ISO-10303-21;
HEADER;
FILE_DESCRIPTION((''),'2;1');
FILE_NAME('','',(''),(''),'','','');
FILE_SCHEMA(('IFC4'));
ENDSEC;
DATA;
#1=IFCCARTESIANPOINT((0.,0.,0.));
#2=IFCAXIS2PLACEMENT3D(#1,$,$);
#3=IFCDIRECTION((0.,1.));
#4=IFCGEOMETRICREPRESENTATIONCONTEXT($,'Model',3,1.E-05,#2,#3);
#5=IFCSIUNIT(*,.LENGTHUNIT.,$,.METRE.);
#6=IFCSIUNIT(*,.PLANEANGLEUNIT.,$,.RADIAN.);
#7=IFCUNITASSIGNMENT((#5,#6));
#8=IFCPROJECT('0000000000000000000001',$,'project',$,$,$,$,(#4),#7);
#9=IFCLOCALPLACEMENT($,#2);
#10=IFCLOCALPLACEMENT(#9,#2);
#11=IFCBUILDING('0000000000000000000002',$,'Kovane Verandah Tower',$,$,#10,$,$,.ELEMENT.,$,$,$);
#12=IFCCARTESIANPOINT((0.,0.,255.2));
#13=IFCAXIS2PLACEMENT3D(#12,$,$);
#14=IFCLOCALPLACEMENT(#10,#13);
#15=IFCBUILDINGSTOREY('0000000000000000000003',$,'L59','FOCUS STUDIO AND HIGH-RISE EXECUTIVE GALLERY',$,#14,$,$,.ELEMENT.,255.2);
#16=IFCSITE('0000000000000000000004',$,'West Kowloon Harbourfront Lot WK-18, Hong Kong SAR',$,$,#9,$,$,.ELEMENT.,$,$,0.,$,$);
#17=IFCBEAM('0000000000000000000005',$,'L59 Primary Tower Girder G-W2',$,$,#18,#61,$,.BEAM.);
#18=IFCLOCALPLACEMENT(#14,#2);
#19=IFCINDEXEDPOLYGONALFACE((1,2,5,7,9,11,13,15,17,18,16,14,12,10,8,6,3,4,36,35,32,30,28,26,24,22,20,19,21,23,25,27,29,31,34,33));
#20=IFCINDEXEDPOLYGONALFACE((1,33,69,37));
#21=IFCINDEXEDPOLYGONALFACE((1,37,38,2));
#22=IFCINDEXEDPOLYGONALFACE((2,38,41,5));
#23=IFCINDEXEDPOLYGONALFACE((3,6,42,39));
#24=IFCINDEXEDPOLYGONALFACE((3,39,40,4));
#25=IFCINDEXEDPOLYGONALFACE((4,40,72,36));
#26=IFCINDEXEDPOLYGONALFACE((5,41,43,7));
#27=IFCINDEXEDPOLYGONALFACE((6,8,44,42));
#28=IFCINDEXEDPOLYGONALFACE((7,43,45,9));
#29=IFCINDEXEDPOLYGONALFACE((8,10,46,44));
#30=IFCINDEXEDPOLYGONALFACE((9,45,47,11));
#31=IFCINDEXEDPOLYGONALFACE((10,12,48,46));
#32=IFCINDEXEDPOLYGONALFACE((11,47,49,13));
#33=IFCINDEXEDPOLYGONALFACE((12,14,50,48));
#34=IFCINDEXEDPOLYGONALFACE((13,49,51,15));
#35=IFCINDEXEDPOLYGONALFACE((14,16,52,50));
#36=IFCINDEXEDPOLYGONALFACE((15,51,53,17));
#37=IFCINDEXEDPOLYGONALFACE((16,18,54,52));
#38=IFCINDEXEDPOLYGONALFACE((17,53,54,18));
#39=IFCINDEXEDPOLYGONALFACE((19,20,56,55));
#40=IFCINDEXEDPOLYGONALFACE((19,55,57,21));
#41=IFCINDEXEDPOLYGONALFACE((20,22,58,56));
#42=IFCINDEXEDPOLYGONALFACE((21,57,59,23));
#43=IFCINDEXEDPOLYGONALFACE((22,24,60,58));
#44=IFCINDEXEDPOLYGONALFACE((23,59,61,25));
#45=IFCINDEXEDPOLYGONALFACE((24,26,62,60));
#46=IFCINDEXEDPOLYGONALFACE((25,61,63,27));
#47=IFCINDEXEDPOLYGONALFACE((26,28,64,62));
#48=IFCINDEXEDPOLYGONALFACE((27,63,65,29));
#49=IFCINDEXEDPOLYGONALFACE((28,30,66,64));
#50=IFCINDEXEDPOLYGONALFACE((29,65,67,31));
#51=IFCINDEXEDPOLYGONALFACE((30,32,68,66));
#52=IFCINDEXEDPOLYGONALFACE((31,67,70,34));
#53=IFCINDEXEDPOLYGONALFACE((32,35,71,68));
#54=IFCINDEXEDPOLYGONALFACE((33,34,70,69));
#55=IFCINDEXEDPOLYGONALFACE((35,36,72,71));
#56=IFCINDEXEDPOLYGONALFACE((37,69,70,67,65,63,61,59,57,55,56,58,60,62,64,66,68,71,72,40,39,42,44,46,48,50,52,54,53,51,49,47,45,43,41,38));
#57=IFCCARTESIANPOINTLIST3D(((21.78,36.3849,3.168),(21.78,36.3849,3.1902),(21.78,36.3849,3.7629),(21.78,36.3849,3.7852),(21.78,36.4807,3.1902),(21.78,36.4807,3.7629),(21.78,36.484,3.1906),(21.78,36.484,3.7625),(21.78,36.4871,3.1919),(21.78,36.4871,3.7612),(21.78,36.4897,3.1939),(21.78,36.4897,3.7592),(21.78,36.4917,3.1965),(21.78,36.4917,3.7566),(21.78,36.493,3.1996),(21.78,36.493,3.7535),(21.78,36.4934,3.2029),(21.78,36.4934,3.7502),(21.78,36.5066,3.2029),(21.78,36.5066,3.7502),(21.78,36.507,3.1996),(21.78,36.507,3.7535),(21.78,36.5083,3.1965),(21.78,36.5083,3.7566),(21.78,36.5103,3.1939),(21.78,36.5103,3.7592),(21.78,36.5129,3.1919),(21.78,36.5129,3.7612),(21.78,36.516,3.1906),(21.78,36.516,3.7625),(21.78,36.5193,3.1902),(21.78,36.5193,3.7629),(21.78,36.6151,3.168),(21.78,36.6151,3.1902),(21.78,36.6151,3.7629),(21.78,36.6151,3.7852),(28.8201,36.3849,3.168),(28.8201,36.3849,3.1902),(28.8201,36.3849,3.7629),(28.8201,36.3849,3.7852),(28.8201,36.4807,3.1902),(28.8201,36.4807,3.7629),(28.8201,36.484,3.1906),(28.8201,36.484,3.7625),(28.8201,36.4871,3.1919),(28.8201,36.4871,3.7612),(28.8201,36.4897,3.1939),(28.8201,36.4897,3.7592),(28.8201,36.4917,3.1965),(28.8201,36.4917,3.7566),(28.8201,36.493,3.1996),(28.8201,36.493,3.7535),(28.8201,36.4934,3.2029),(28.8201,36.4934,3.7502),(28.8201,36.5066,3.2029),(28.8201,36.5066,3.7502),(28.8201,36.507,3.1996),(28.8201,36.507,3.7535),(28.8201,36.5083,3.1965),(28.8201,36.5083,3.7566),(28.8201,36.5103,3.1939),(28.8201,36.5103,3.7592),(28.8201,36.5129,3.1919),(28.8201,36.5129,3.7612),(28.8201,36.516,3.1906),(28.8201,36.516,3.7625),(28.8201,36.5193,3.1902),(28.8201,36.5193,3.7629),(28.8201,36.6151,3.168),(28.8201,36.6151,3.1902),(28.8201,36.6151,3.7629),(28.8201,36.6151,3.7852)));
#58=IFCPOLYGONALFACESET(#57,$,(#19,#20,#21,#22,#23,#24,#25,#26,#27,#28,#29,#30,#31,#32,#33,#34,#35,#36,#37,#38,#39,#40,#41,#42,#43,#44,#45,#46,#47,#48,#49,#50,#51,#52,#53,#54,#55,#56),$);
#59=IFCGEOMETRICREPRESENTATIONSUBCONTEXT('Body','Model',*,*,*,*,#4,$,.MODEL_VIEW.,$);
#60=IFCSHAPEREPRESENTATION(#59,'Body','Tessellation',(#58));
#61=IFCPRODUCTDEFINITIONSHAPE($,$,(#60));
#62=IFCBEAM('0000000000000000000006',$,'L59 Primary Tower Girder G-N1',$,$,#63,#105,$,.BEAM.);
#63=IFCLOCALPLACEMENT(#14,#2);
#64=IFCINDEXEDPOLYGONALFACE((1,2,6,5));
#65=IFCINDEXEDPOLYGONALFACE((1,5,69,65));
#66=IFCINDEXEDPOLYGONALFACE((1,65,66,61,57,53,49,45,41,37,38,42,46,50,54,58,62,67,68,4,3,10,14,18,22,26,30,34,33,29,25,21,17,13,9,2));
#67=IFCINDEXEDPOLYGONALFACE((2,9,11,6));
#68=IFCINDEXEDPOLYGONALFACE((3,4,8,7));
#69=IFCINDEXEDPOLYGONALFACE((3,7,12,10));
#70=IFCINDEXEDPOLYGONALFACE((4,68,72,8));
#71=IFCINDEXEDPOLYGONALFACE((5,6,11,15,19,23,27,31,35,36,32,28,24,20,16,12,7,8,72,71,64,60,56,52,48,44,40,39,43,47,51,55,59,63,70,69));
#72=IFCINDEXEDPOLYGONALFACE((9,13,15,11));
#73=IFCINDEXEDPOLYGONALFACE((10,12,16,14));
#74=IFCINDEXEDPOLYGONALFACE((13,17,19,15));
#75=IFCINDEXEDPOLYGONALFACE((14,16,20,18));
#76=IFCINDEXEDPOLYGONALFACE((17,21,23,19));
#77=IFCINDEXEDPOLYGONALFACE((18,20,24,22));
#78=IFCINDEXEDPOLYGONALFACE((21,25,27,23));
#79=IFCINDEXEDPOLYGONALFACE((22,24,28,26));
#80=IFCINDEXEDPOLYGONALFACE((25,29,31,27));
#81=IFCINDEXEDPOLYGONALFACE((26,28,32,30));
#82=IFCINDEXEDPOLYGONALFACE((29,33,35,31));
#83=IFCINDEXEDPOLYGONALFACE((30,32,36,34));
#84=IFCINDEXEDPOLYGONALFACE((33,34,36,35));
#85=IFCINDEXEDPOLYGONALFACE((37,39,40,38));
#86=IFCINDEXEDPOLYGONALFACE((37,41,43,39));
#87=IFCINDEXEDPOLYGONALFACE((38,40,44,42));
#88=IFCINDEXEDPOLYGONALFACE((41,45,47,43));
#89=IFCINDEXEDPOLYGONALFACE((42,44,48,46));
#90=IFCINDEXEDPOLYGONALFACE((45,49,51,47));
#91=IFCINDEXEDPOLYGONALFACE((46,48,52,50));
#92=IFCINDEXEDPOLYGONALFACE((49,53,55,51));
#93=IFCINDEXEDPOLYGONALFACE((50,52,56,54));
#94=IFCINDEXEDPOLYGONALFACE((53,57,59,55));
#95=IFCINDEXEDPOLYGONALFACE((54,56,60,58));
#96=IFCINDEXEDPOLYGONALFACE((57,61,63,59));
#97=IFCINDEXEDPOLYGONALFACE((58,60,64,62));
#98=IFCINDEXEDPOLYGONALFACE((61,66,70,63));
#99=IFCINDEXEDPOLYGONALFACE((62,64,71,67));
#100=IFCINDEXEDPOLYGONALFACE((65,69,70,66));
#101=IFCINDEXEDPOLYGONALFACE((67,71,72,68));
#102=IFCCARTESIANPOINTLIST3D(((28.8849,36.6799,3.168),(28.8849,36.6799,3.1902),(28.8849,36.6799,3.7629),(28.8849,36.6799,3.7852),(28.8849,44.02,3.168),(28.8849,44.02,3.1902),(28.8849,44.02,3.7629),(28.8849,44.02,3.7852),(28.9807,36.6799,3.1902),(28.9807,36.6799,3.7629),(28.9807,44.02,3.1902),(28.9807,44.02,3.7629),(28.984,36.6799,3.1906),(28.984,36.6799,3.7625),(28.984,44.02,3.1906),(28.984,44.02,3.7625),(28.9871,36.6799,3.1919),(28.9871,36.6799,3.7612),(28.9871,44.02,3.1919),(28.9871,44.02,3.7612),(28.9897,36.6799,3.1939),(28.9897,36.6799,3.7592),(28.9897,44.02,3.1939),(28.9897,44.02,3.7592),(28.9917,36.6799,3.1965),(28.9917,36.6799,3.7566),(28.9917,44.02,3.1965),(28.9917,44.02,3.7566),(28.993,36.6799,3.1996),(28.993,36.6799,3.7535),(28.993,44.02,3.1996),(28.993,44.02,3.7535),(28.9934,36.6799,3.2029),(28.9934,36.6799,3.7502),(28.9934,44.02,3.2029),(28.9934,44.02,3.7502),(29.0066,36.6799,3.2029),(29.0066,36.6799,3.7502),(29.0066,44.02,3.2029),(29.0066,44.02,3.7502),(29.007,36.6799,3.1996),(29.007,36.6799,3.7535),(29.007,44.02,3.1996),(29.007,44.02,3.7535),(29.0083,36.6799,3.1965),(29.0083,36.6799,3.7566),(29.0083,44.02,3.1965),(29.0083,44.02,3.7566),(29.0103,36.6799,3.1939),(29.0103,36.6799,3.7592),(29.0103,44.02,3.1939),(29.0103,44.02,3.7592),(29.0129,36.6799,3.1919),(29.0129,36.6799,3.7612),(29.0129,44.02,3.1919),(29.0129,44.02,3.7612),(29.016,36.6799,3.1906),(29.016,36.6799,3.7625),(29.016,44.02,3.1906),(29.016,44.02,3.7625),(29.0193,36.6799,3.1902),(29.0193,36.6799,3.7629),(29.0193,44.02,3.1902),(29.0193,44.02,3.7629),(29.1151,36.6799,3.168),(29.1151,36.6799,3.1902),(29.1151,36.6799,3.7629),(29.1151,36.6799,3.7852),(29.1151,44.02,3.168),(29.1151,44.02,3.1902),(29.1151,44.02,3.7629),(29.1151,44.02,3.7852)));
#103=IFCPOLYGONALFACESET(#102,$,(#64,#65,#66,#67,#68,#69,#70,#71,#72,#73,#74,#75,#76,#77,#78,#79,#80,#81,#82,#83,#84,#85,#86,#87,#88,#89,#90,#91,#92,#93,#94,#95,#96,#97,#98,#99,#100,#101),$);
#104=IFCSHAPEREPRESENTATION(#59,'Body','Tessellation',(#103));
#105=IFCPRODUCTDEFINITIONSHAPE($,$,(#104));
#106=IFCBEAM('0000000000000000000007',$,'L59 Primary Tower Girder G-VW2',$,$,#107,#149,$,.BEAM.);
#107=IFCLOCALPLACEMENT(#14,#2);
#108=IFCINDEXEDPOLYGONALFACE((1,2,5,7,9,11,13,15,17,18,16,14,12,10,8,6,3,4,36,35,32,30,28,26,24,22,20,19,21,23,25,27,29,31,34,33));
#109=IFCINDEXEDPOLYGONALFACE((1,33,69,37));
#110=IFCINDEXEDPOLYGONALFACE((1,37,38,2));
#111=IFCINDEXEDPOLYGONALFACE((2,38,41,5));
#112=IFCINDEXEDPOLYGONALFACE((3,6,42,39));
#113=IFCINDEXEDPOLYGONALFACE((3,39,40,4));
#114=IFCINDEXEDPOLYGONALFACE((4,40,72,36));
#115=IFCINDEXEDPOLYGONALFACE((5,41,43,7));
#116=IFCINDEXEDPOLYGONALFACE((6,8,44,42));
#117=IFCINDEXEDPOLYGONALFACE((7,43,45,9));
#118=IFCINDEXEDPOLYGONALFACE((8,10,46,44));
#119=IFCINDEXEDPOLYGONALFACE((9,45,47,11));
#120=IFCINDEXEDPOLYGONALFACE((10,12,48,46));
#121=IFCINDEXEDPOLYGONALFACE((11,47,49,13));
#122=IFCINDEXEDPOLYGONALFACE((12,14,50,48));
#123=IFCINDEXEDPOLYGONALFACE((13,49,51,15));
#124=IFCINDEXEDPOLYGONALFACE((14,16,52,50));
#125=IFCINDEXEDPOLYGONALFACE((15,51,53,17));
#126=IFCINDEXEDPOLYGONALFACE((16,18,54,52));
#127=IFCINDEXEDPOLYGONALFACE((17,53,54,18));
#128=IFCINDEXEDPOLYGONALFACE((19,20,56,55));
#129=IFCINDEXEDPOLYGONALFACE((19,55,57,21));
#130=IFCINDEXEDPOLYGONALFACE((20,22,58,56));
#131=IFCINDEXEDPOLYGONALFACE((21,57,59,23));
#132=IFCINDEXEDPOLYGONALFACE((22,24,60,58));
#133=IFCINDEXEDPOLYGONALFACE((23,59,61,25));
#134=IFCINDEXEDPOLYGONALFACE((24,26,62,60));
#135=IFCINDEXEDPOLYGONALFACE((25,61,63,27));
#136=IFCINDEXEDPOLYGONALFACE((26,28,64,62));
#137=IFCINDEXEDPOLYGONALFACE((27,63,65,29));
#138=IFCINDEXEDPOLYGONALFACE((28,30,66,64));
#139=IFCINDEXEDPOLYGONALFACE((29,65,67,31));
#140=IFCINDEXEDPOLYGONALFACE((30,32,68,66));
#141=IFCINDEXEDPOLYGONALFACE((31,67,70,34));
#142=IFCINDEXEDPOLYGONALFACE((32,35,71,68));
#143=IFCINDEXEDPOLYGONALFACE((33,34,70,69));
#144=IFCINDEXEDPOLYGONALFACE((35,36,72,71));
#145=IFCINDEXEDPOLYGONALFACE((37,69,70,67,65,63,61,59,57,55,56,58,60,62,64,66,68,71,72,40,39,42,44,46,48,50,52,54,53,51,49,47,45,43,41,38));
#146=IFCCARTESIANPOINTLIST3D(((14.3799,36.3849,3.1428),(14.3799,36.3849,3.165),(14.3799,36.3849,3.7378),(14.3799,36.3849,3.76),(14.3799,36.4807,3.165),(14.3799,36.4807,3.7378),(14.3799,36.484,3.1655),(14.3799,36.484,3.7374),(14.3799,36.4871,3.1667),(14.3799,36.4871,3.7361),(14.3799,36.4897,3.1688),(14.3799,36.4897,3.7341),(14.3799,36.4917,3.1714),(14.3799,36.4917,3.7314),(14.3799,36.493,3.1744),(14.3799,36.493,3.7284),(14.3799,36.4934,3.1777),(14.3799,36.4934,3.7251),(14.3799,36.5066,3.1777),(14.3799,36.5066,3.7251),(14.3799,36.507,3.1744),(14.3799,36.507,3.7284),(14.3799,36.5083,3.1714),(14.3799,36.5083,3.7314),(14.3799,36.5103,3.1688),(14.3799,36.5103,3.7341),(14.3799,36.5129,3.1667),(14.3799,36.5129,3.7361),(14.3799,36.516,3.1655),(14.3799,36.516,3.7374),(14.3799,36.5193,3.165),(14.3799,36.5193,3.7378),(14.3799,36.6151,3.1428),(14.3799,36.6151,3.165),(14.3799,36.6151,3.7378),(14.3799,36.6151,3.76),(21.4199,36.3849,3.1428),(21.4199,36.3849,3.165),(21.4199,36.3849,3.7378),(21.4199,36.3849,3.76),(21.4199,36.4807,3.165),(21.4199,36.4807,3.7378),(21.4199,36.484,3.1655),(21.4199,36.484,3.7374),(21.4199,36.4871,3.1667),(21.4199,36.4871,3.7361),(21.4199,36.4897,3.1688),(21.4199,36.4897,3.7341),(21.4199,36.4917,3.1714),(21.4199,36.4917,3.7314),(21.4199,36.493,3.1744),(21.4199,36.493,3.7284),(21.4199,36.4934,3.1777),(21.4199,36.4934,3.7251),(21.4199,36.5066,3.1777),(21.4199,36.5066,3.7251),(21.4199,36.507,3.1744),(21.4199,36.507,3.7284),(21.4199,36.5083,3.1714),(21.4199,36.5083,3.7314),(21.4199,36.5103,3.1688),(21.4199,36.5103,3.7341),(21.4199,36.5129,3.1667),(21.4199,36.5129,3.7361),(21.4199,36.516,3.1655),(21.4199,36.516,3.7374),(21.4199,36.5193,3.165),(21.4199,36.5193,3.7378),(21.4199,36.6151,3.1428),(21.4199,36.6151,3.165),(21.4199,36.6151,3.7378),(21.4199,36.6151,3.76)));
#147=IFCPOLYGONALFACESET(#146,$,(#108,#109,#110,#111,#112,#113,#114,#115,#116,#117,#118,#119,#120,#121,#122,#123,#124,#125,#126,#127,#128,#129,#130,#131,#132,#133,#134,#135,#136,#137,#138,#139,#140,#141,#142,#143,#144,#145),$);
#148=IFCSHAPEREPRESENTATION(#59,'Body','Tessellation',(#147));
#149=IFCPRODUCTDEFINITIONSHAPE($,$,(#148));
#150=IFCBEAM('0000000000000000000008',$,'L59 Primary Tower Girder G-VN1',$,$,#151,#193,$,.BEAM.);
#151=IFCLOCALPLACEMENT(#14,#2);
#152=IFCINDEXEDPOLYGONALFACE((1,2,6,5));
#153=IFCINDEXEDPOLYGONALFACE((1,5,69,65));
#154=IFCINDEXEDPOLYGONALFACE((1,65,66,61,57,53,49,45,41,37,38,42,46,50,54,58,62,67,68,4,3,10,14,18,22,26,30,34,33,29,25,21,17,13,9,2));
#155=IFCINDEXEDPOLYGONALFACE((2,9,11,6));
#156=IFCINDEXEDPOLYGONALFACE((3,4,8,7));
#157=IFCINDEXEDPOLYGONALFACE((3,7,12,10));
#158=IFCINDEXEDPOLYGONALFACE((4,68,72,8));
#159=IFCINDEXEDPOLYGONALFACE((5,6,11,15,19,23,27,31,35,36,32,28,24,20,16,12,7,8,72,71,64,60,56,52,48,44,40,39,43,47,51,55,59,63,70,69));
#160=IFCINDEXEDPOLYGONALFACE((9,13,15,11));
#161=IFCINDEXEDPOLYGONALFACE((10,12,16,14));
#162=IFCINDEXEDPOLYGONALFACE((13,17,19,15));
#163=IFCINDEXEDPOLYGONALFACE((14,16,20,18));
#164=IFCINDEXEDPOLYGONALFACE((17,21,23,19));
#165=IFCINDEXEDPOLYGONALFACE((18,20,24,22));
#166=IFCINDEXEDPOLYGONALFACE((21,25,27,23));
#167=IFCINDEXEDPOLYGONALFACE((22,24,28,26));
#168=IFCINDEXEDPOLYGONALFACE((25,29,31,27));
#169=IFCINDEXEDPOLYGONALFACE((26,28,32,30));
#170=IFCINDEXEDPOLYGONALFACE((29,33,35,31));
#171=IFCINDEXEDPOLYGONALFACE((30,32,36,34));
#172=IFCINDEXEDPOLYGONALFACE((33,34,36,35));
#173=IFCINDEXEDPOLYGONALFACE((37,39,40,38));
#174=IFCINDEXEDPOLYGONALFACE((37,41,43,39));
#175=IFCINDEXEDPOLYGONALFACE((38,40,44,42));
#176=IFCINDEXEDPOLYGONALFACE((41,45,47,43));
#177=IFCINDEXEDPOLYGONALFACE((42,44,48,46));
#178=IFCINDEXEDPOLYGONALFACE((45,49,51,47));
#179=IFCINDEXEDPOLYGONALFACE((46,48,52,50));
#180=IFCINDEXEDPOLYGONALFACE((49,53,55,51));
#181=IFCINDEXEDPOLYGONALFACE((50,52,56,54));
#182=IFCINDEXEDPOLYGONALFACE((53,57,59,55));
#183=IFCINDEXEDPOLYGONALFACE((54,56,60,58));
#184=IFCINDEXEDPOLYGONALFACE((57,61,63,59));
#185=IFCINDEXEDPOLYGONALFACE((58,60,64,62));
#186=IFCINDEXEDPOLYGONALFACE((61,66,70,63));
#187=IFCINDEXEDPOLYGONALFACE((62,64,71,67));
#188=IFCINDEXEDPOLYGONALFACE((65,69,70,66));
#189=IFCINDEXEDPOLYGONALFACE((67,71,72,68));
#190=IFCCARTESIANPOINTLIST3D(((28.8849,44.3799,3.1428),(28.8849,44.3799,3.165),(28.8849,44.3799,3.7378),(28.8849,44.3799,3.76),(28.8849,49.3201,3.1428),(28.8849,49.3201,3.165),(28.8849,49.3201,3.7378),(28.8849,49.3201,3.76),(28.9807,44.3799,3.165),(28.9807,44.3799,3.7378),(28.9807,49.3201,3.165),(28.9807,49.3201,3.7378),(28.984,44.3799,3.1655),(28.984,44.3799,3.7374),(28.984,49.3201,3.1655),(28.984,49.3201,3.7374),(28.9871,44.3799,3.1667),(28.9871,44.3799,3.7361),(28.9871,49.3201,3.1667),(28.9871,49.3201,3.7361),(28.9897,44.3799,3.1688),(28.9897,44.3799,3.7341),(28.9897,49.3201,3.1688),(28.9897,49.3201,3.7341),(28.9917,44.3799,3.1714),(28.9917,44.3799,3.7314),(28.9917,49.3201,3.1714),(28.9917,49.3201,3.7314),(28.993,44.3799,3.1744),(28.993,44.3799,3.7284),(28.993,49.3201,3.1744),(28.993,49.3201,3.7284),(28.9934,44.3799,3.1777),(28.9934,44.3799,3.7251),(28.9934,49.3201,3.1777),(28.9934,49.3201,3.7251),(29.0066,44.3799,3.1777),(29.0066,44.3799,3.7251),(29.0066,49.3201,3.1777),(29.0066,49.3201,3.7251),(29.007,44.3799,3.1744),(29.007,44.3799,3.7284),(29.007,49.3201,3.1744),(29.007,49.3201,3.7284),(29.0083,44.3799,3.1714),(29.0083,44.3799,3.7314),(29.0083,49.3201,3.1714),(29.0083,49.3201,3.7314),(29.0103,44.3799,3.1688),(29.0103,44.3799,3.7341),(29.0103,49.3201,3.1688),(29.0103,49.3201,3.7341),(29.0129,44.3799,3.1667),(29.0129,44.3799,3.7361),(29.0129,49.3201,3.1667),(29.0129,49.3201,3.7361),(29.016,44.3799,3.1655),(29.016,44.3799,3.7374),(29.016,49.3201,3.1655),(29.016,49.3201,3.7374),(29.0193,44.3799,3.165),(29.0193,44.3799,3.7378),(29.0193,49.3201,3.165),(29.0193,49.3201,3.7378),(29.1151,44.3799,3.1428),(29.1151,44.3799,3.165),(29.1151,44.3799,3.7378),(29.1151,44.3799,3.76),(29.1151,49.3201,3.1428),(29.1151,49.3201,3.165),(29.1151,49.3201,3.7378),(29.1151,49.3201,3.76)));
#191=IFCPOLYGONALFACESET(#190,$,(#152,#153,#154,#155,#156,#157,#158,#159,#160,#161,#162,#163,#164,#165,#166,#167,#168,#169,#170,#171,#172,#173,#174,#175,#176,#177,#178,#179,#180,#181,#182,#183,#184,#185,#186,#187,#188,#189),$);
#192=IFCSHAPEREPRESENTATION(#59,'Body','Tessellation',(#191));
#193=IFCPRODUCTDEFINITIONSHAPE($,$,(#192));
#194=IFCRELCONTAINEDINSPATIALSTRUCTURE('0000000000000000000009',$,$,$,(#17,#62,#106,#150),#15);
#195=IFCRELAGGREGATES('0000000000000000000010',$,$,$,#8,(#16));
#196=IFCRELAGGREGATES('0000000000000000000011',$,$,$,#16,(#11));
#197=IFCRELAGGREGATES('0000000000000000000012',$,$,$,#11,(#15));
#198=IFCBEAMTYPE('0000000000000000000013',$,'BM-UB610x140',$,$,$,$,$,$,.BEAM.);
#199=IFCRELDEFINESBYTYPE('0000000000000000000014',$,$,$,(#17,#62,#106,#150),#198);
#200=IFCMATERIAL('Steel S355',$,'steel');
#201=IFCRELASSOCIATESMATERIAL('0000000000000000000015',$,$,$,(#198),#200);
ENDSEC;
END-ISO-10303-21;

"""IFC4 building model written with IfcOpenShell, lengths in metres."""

from ifc_helpers import new_model, si_unit, direction, frame, origin, origin_2d, place, context, subcontext, project, spatial, i_section, extrude, material, material_profile, profile_set, type_object, element, save


model = new_model("IFC4")

# Units and contexts
model_context = context("Model", 3, precision=1e-05, world=origin(), true_north=direction((0.0, 1.0)))
body_context = subcontext(model_context, "Body", "Model", "MODEL_VIEW")
ifc_project = project(units=[si_unit("LENGTHUNIT", "METRE"), si_unit("PLANEANGLEUNIT", "RADIAN")], contexts=[model_context])

# Site, building, storey
site_placement = place(None, origin())
site = spatial("IfcSite", under=ifc_project, at=site_placement, Name="West Kowloon Harbourfront Lot WK-18, Hong Kong SAR", CompositionType="ELEMENT", RefElevation=0.0)
building_placement = place(site_placement, origin())
building = spatial("IfcBuilding", under=site, at=building_placement, Name="Kovane Verandah Tower", CompositionType="ELEMENT")
storey_placement = place(building_placement, frame((0.0, 0.0, 255.2)))
storey = spatial("IfcBuildingStorey", under=building, at=storey_placement, Name="L59", Description="FOCUS STUDIO AND HIGH-RISE EXECUTIVE GALLERY", CompositionType="ELEMENT", Elevation=255.2)

# Beams
ifc_material_1 = material(Name="Steel S355", Category="steel")
ifc_material_profile_1 = material_profile(ifc_material_1, i_section(OverallWidth=0.2302, OverallDepth=0.6172, WebThickness=0.0132, FlangeThickness=0.0222, FilletRadius=0.0127, at=origin_2d()), Name="UB610x229x140")
ifc_profile_set_1 = profile_set([ifc_material_profile_1], Name="Steel S355")
beam_type_1 = type_object("IfcBeamType", Name="BM-UB610x140", PredefinedType="BEAM", material=ifc_profile_set_1)
beam_1_placement = place(storey_placement, frame((28.8201, 36.5, 3.4766), z_axis=(-1.0, 0.0, 0.0), x_axis=(0.0, -1.0, 0.0)))
element("IfcBeam", 1, at=beam_1_placement, inside=storey, type_object=beam_type_1, Name="L59 Primary Tower Girder G-W2", PredefinedType="BEAM", context=body_context, shape_type="SweptSolid", body=[
    extrude(i_section(OverallWidth=0.2302, OverallDepth=0.6172, WebThickness=0.0132, FlangeThickness=0.0222, FilletRadius=0.0127, at=origin_2d()), origin(), (0.0, 0.0, 1.0), 7.04),
])
beam_2_placement = place(storey_placement, frame((29.0, 36.6799, 3.4766), z_axis=(0.0, 1.0, 0.0), x_axis=(-1.0, 0.0, 0.0)))
element("IfcBeam", 2, at=beam_2_placement, inside=storey, type_object=beam_type_1, Name="L59 Primary Tower Girder G-N1", PredefinedType="BEAM", context=body_context, shape_type="SweptSolid", body=[
    extrude(i_section(OverallWidth=0.2302, OverallDepth=0.6172, WebThickness=0.0132, FlangeThickness=0.0222, FilletRadius=0.0127, at=origin_2d()), origin(), (0.0, 0.0, 1.0), 7.3401),
])
beam_3_placement = place(storey_placement, frame((21.4199, 36.5, 3.4514), z_axis=(-1.0, 0.0, 0.0), x_axis=(0.0, -1.0, 0.0)))
element("IfcBeam", 3, at=beam_3_placement, inside=storey, type_object=beam_type_1, Name="L59 Primary Tower Girder G-VW2", PredefinedType="BEAM", context=body_context, shape_type="SweptSolid", body=[
    extrude(i_section(OverallWidth=0.2302, OverallDepth=0.6172, WebThickness=0.0132, FlangeThickness=0.0222, FilletRadius=0.0127, at=origin_2d()), origin(), (0.0, 0.0, 1.0), 7.04),
])
beam_4_placement = place(storey_placement, frame((29.0, 44.3799, 3.4514), z_axis=(0.0, 1.0, 0.0), x_axis=(-1.0, 0.0, 0.0)))
element("IfcBeam", 4, at=beam_4_placement, inside=storey, type_object=beam_type_1, Name="L59 Primary Tower Girder G-VN1", PredefinedType="BEAM", context=body_context, shape_type="SweptSolid", body=[
    extrude(i_section(OverallWidth=0.2302, OverallDepth=0.6172, WebThickness=0.0132, FlangeThickness=0.0222, FilletRadius=0.0127, at=origin_2d()), origin(), (0.0, 0.0, 1.0), 4.9402),
])

save(model, "model.ifc")
